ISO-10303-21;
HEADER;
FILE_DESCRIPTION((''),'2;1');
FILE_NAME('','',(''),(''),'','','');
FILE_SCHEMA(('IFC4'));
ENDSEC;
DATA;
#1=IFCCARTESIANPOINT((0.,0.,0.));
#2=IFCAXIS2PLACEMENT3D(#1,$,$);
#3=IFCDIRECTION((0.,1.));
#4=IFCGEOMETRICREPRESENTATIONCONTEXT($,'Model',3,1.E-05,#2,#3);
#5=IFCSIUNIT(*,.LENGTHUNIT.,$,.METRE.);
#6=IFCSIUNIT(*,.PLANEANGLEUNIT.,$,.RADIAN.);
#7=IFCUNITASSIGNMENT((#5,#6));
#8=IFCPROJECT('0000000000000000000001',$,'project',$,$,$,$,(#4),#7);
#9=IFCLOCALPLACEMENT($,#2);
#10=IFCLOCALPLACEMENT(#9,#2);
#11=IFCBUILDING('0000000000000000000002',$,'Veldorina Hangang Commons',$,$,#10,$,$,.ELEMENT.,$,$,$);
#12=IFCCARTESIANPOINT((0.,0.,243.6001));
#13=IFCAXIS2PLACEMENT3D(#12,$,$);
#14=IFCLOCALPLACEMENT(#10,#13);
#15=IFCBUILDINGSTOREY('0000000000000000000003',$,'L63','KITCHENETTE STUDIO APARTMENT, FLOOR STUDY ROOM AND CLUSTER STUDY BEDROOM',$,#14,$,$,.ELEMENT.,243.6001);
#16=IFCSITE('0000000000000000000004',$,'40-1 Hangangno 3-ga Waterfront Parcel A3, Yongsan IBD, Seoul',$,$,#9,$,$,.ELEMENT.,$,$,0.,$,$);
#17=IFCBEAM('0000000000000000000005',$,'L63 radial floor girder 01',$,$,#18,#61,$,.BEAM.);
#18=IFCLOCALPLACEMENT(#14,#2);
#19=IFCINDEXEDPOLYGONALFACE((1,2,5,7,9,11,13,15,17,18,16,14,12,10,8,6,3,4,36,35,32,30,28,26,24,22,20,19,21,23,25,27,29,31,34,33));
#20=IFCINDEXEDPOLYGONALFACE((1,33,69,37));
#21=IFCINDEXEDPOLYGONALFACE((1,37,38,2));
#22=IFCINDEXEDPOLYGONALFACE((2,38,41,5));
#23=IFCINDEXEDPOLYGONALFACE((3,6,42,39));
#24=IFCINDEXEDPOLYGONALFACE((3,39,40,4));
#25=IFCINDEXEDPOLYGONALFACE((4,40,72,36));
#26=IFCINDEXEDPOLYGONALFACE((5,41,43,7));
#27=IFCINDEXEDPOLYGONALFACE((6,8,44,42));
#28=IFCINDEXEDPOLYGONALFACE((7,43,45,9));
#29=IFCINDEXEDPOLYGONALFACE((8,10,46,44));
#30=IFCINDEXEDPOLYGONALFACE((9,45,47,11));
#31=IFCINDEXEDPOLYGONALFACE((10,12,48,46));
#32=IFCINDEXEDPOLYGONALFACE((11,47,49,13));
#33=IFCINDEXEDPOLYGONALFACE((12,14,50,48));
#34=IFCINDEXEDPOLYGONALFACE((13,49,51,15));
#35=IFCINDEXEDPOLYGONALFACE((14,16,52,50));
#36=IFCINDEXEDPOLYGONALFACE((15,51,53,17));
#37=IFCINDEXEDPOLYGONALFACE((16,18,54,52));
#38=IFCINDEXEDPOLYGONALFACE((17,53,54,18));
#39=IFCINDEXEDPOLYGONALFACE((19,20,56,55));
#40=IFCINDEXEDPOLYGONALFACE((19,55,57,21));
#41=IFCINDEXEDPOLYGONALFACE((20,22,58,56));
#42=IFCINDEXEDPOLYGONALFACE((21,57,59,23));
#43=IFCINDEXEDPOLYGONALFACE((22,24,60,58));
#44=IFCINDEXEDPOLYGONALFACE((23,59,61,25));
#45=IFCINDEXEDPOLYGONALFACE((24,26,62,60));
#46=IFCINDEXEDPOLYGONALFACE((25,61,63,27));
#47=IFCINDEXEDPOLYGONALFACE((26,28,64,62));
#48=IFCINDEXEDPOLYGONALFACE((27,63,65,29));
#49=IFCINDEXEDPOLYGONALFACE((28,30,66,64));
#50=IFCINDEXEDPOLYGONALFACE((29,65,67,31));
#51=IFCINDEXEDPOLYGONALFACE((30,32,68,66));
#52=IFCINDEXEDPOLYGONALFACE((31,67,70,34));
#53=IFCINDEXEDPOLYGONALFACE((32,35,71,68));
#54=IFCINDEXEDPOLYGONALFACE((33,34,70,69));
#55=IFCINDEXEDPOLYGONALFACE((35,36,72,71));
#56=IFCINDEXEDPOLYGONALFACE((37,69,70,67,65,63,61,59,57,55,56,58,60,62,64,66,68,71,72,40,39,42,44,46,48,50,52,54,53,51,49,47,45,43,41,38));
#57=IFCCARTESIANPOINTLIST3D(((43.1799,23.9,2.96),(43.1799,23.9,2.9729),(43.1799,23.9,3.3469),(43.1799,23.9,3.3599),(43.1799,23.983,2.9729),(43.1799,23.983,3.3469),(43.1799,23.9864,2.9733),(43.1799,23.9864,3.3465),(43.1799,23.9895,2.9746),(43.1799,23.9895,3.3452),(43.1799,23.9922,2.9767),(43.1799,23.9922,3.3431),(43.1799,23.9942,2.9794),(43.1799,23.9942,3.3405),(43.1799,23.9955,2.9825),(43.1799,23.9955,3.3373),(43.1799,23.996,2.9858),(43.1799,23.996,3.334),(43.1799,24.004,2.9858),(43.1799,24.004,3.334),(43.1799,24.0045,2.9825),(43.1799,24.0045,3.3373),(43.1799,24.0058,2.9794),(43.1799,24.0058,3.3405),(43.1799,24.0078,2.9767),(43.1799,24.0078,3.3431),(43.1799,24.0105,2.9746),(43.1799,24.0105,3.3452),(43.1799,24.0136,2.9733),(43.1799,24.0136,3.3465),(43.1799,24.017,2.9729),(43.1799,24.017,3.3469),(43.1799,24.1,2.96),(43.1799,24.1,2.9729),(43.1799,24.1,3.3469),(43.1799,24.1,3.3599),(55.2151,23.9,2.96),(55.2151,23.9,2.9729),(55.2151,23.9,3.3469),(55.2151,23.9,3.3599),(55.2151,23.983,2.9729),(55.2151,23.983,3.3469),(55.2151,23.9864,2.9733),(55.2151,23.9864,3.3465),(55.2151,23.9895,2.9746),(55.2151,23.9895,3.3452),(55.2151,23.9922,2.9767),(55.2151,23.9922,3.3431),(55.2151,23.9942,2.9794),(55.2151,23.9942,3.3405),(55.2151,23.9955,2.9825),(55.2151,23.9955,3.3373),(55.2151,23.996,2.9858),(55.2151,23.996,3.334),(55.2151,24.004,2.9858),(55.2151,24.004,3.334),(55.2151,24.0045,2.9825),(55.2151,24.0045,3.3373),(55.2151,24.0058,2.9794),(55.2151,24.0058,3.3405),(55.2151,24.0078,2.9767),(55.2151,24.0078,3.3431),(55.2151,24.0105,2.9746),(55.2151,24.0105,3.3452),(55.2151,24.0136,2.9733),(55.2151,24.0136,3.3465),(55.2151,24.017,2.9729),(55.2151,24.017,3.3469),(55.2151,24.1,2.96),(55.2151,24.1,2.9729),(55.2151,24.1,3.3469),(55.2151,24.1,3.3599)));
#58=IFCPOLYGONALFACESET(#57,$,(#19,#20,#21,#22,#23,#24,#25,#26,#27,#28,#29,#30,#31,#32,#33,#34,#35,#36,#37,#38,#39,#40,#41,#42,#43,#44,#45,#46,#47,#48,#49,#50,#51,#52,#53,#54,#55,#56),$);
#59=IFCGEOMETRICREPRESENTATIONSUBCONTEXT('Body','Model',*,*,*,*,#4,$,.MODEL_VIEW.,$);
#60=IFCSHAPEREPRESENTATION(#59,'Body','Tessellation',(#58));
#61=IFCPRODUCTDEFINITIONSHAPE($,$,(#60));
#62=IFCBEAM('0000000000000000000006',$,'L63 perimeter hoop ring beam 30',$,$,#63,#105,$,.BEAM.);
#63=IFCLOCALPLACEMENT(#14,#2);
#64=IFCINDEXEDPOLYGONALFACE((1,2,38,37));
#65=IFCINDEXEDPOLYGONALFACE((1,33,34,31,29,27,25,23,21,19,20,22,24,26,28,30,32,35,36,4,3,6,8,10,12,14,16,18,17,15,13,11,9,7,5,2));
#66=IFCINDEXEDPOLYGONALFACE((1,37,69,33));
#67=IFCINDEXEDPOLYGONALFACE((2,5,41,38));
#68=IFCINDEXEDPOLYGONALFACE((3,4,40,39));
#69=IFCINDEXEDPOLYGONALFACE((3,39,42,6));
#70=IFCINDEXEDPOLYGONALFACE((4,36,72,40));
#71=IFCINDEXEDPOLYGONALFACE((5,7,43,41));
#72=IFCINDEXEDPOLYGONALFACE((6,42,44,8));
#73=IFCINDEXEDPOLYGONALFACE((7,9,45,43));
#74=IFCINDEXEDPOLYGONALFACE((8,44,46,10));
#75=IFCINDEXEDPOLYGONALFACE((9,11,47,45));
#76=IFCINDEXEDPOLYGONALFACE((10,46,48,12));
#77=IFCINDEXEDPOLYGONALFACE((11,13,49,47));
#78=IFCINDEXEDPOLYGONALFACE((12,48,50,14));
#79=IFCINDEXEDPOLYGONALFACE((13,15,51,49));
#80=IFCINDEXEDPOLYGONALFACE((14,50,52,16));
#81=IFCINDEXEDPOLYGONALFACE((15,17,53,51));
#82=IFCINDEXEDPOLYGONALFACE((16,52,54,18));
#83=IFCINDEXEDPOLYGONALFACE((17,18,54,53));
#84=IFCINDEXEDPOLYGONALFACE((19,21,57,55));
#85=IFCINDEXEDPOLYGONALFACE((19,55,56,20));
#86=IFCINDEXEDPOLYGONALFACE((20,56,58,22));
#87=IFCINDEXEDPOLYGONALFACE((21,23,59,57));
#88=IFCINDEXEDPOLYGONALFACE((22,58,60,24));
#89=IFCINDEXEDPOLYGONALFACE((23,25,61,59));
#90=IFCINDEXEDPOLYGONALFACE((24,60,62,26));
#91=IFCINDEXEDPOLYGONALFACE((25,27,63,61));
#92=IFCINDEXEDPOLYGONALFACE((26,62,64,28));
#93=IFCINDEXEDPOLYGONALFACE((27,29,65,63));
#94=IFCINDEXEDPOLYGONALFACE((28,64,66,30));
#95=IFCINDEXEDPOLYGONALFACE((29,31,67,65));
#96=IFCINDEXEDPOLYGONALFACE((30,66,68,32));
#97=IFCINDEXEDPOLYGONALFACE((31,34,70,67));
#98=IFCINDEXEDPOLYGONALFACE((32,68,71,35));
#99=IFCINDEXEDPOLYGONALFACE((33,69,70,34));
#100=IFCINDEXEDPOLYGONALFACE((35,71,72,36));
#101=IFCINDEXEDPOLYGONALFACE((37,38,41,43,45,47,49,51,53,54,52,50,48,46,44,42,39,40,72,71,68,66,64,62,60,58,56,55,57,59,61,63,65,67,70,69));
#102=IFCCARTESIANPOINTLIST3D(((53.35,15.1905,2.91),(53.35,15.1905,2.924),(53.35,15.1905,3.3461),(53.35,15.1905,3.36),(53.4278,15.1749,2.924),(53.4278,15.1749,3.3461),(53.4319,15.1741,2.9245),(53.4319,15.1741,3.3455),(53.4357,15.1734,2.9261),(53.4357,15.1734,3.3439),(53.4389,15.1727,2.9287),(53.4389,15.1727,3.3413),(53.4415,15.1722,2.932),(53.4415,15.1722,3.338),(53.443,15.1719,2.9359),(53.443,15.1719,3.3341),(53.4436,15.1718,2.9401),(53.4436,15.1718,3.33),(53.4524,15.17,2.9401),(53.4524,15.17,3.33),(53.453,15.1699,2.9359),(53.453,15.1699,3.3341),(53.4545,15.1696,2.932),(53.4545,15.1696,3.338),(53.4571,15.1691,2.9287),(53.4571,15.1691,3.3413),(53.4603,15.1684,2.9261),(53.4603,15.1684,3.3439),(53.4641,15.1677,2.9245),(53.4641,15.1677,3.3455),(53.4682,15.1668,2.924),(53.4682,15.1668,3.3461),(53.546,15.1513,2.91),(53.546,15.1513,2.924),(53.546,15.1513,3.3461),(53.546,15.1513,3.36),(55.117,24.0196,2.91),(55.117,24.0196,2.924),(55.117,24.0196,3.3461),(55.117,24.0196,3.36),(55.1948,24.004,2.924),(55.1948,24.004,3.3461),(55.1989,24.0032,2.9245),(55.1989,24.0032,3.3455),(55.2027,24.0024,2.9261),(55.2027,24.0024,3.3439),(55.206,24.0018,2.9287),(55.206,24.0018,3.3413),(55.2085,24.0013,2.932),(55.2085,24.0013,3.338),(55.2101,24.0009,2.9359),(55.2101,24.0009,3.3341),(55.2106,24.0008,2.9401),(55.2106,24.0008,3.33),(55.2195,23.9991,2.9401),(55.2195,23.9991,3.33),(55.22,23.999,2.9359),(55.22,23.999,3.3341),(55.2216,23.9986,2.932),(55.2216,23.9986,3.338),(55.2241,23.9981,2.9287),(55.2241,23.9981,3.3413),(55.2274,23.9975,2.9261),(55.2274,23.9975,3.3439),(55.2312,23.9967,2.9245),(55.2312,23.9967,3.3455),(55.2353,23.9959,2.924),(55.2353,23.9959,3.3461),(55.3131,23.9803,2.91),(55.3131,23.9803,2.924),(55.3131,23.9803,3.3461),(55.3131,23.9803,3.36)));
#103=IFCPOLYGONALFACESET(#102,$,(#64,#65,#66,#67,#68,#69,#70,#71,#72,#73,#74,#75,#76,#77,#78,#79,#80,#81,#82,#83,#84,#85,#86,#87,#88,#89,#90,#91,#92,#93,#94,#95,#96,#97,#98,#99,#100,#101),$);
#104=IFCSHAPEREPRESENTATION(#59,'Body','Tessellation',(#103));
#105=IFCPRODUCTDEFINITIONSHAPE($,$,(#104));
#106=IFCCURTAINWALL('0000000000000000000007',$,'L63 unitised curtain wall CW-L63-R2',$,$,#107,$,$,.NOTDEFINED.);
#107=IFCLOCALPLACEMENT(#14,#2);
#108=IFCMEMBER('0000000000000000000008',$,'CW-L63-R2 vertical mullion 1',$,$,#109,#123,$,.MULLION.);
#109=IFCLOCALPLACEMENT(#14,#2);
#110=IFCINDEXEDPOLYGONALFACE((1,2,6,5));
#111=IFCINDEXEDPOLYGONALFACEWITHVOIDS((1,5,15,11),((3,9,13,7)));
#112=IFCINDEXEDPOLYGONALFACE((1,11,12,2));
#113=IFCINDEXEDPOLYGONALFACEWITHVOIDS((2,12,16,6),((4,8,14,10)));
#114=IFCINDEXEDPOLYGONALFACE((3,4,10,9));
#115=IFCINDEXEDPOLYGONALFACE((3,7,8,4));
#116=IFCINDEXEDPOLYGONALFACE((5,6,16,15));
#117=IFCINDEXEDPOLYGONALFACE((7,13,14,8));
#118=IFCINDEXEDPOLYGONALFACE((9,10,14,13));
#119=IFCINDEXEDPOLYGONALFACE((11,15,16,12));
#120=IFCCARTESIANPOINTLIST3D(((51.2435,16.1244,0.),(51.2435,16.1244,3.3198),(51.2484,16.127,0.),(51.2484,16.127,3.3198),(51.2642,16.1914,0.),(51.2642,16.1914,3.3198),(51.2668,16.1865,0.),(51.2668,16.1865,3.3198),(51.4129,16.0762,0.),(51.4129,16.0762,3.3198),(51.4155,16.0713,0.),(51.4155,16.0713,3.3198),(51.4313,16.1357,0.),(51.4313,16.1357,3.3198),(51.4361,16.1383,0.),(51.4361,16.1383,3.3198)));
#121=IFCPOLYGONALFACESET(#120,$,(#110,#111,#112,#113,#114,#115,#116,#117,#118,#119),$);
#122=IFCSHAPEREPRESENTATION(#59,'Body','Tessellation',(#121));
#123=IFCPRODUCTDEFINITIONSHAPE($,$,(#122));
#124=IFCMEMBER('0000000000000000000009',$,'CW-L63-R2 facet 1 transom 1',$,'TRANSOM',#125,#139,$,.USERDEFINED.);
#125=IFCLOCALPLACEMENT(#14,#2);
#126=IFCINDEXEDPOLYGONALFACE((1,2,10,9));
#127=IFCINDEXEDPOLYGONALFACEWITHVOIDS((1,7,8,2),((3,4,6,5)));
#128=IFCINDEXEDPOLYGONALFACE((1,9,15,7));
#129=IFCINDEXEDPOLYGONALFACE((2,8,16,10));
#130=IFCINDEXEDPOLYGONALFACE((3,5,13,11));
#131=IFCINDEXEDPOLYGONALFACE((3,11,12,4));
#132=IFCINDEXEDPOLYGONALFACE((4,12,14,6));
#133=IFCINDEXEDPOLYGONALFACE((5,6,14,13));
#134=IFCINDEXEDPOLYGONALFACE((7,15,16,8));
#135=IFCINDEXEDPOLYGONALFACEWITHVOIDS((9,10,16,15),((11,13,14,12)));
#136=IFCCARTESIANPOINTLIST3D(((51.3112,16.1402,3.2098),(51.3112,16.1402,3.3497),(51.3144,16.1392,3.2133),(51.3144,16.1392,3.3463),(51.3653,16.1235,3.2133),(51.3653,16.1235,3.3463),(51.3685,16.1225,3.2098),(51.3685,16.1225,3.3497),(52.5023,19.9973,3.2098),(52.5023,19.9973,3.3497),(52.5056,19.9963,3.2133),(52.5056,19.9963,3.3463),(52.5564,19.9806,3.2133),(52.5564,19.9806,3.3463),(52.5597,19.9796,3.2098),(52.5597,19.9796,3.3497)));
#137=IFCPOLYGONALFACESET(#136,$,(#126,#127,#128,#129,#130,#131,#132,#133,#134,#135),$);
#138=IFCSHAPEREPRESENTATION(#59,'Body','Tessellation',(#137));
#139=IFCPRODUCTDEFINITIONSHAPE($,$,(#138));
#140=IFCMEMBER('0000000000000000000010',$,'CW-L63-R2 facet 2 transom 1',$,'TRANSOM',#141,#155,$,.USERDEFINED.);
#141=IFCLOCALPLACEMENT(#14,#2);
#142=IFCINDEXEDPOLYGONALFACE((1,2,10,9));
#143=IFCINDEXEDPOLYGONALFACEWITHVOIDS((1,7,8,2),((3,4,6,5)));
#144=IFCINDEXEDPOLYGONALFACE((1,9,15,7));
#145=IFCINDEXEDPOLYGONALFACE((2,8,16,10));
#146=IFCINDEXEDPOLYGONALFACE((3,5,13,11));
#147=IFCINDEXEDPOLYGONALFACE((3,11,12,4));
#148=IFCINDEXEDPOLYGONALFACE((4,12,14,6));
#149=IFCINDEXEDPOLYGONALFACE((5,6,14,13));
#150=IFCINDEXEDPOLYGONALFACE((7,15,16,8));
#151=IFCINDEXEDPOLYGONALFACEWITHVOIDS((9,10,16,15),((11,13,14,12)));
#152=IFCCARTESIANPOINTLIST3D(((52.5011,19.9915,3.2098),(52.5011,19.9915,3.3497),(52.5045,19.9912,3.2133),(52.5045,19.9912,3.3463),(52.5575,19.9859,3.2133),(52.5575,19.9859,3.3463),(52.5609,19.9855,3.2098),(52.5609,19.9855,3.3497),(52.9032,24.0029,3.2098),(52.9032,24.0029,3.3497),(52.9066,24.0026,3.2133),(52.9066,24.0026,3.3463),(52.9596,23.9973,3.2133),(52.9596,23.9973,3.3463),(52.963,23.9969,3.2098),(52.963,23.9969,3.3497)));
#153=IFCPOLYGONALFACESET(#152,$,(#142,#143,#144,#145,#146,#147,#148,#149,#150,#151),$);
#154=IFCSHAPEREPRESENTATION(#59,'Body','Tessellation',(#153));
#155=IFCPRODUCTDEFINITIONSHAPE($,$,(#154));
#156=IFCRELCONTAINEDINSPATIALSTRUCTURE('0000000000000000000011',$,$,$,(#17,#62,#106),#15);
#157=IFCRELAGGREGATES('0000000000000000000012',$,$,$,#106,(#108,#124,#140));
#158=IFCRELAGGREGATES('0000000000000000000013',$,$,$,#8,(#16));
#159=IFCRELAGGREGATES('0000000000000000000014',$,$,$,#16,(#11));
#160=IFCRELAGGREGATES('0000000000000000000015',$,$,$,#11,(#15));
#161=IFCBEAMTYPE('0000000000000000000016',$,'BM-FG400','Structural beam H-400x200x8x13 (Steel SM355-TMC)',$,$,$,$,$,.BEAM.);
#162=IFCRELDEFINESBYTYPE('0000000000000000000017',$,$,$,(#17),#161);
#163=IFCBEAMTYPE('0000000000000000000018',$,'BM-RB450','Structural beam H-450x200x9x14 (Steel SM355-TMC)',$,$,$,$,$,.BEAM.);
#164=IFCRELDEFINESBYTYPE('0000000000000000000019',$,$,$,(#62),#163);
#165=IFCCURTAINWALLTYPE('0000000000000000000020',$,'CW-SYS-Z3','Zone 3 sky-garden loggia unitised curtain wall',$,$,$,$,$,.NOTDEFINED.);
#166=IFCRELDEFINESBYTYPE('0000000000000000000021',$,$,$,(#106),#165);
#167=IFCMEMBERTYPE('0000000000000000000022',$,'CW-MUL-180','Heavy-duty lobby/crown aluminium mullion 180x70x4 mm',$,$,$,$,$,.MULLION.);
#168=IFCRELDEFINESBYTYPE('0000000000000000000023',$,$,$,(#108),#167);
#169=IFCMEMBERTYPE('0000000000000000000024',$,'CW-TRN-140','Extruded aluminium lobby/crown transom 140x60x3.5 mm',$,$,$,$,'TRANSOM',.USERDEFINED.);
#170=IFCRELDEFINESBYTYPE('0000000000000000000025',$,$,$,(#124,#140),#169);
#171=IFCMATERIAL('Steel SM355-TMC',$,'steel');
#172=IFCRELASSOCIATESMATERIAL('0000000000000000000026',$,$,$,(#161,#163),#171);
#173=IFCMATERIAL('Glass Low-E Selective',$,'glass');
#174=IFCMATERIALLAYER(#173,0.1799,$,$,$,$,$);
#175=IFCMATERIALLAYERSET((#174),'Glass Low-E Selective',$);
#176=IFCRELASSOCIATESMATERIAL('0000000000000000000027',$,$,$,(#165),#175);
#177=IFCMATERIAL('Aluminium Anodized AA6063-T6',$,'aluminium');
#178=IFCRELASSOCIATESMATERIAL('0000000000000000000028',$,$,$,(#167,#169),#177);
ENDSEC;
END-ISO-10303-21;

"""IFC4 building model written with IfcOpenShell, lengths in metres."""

from ifc_helpers import new_model, si_unit, direction, frame, origin, origin_2d, place, context, subcontext, project, spatial, hollow_rectangle, i_section, extrude, material, layer, layer_set, material_profile, profile_set, type_object, element, aggregate, save


model = new_model("IFC4")

# Units and contexts
model_context = context("Model", 3, precision=1e-05, world=origin(), true_north=direction((0.0, 1.0)))
body_context = subcontext(model_context, "Body", "Model", "MODEL_VIEW")
ifc_project = project(units=[si_unit("LENGTHUNIT", "METRE"), si_unit("PLANEANGLEUNIT", "RADIAN")], contexts=[model_context])

# Site, building, storey
site_placement = place(None, origin())
site = spatial("IfcSite", under=ifc_project, at=site_placement, Name="40-1 Hangangno 3-ga Waterfront Parcel A3, Yongsan IBD, Seoul", CompositionType="ELEMENT", RefElevation=0.0)
building_placement = place(site_placement, origin())
building = spatial("IfcBuilding", under=site, at=building_placement, Name="Veldorina Hangang Commons", CompositionType="ELEMENT")
storey_placement = place(building_placement, frame((0.0, 0.0, 243.6001)))
storey = spatial("IfcBuildingStorey", under=building, at=storey_placement, Name="L63", Description="KITCHENETTE STUDIO APARTMENT, FLOOR STUDY ROOM AND CLUSTER STUDY BEDROOM", CompositionType="ELEMENT", Elevation=243.6001)

# Beams
ifc_material_1 = material(Name="Steel SM355-TMC", Category="steel")
ifc_material_profile_1 = material_profile(ifc_material_1, i_section(OverallWidth=0.2, OverallDepth=0.3999, WebThickness=0.0081, FlangeThickness=0.0129, FilletRadius=0.0129, at=origin_2d()), Name="H-400x200x8x13")
ifc_profile_set_1 = profile_set([ifc_material_profile_1], Name="Steel SM355-TMC")
beam_type_1 = type_object("IfcBeamType", Name="BM-FG400", Description="Structural beam H-400x200x8x13 (Steel SM355-TMC)", PredefinedType="BEAM", material=ifc_profile_set_1)
beam_1_placement = place(storey_placement, frame((43.1799, 24.0, 3.1599), z_axis=(1.0, 0.0, 0.0), x_axis=(0.0, 1.0, 0.0)))
element("IfcBeam", 1, at=beam_1_placement, inside=storey, type_object=beam_type_1, Name="L63 radial floor girder 01", PredefinedType="BEAM", context=body_context, shape_type="SweptSolid", body=[
    extrude(i_section(OverallWidth=0.2, OverallDepth=0.3999, WebThickness=0.0081, FlangeThickness=0.0129, FilletRadius=0.0129, at=origin_2d()), origin(), (0.0, 0.0, 1.0), 12.0352),
])
ifc_material_profile_2 = material_profile(ifc_material_1, i_section(OverallWidth=0.2, OverallDepth=0.45, WebThickness=0.009, FlangeThickness=0.0139, FilletRadius=0.0161, at=origin_2d()), Name="H-450x200x9x14")
ifc_profile_set_2 = profile_set([ifc_material_profile_2], Name="Steel SM355-TMC")
beam_type_2 = type_object("IfcBeamType", Name="BM-RB450", Description="Structural beam H-450x200x9x14 (Steel SM355-TMC)", PredefinedType="BEAM", material=ifc_profile_set_2)
beam_2_placement = place(storey_placement, frame((53.448, 15.1709, 3.135), z_axis=(0.196252, 0.980554, 0.0), x_axis=(-0.980554, 0.196252, 0.0)))
element("IfcBeam", 2, at=beam_2_placement, inside=storey, type_object=beam_type_2, Name="L63 perimeter hoop ring beam 30", PredefinedType="BEAM", context=body_context, shape_type="SweptSolid", body=[
    extrude(i_section(OverallWidth=0.2, OverallDepth=0.45, WebThickness=0.009, FlangeThickness=0.0139, FilletRadius=0.0161, at=origin_2d()), origin(), (0.0, 0.0, 1.0), 9.0042),
])

# Curtain wall, members
ifc_material_2 = material(Name="Glass Low-E Selective", Category="glass")
ifc_layer_1 = layer(ifc_material_2, 0.1799)
ifc_layer_set_1 = layer_set([ifc_layer_1], Name="Glass Low-E Selective")
curtain_wall_type = type_object("IfcCurtainWallType", Name="CW-SYS-Z3", Description="Zone 3 sky-garden loggia unitised curtain wall", PredefinedType="NOTDEFINED", material=ifc_layer_set_1)
curtain_wall_placement = place(storey_placement, origin())
curtain_wall = element("IfcCurtainWall", 3, at=curtain_wall_placement, inside=storey, type_object=curtain_wall_type, Name="L63 unitised curtain wall CW-L63-R2", PredefinedType="NOTDEFINED")
ifc_material_3 = material(Name="Aluminium Anodized AA6063-T6", Category="aluminium")
ifc_material_profile_3 = material_profile(ifc_material_3, hollow_rectangle(XDim=0.0701, YDim=0.1799, WallThickness=0.0039, at=origin_2d()), Name="ALU-RHS-180x70x4")
ifc_profile_set_3 = profile_set([ifc_material_profile_3], Name="Aluminium Anodized AA6063-T6")
member_type_1 = type_object("IfcMemberType", Name="CW-MUL-180", Description="Heavy-duty lobby/crown aluminium mullion 180x70x4 mm", PredefinedType="MULLION", material=ifc_profile_set_3)
member_1_placement = place(storey_placement, frame((51.3398, 16.1313, 0.0), z_axis=(0.0, 0.0, 1.0), x_axis=(0.295074, 0.955474, 0.0)))
member_1 = element("IfcMember", 4, at=member_1_placement, type_object=member_type_1, Name="CW-L63-R2 vertical mullion 1", PredefinedType="MULLION", context=body_context, shape_type="SweptSolid", body=[
    extrude(hollow_rectangle(XDim=0.0701, YDim=0.1799, WallThickness=0.0039, at=origin_2d()), origin(), (0.0, 0.0, 1.0), 3.3198),
])
ifc_material_profile_4 = material_profile(ifc_material_3, hollow_rectangle(XDim=0.0601, YDim=0.1399, WallThickness=0.0034, at=origin_2d()), Name="ALU-RHS-140x60x3.5")
ifc_profile_set_4 = profile_set([ifc_material_profile_4], Name="Aluminium Anodized AA6063-T6")
member_type_2 = type_object("IfcMemberType", Name="CW-TRN-140", Description="Extruded aluminium lobby/crown transom 140x60x3.5 mm", ElementType="TRANSOM", PredefinedType="USERDEFINED", material=ifc_profile_set_4)
member_2_placement = place(storey_placement, frame((51.3398, 16.1313, 3.2798), z_axis=(0.295067, 0.955476, 0.0), x_axis=(-0.955476, 0.295067, 0.0)))
member_2 = element("IfcMember", 5, at=member_2_placement, type_object=member_type_2, Name="CW-L63-R2 facet 1 transom 1", ObjectType="TRANSOM", PredefinedType="USERDEFINED", context=body_context, shape_type="SweptSolid", body=[
    extrude(hollow_rectangle(XDim=0.0601, YDim=0.1399, WallThickness=0.0034, at=origin_2d()), origin(), (0.0, 0.0, 1.0), 4.0369),
])
member_3_placement = place(storey_placement, frame((52.531, 19.9885, 3.2798), z_axis=(0.099738, 0.995014, 0.0), x_axis=(-0.995014, 0.099738, 0.0)))
member_3 = element("IfcMember", 6, at=member_3_placement, type_object=member_type_2, Name="CW-L63-R2 facet 2 transom 1", ObjectType="TRANSOM", PredefinedType="USERDEFINED", context=body_context, shape_type="SweptSolid", body=[
    extrude(hollow_rectangle(XDim=0.0601, YDim=0.1399, WallThickness=0.0034, at=origin_2d()), origin(), (0.0, 0.0, 1.0), 4.0315),
])

aggregate(curtain_wall, [member_1, member_2, member_3])

save(model, "model.ifc")
